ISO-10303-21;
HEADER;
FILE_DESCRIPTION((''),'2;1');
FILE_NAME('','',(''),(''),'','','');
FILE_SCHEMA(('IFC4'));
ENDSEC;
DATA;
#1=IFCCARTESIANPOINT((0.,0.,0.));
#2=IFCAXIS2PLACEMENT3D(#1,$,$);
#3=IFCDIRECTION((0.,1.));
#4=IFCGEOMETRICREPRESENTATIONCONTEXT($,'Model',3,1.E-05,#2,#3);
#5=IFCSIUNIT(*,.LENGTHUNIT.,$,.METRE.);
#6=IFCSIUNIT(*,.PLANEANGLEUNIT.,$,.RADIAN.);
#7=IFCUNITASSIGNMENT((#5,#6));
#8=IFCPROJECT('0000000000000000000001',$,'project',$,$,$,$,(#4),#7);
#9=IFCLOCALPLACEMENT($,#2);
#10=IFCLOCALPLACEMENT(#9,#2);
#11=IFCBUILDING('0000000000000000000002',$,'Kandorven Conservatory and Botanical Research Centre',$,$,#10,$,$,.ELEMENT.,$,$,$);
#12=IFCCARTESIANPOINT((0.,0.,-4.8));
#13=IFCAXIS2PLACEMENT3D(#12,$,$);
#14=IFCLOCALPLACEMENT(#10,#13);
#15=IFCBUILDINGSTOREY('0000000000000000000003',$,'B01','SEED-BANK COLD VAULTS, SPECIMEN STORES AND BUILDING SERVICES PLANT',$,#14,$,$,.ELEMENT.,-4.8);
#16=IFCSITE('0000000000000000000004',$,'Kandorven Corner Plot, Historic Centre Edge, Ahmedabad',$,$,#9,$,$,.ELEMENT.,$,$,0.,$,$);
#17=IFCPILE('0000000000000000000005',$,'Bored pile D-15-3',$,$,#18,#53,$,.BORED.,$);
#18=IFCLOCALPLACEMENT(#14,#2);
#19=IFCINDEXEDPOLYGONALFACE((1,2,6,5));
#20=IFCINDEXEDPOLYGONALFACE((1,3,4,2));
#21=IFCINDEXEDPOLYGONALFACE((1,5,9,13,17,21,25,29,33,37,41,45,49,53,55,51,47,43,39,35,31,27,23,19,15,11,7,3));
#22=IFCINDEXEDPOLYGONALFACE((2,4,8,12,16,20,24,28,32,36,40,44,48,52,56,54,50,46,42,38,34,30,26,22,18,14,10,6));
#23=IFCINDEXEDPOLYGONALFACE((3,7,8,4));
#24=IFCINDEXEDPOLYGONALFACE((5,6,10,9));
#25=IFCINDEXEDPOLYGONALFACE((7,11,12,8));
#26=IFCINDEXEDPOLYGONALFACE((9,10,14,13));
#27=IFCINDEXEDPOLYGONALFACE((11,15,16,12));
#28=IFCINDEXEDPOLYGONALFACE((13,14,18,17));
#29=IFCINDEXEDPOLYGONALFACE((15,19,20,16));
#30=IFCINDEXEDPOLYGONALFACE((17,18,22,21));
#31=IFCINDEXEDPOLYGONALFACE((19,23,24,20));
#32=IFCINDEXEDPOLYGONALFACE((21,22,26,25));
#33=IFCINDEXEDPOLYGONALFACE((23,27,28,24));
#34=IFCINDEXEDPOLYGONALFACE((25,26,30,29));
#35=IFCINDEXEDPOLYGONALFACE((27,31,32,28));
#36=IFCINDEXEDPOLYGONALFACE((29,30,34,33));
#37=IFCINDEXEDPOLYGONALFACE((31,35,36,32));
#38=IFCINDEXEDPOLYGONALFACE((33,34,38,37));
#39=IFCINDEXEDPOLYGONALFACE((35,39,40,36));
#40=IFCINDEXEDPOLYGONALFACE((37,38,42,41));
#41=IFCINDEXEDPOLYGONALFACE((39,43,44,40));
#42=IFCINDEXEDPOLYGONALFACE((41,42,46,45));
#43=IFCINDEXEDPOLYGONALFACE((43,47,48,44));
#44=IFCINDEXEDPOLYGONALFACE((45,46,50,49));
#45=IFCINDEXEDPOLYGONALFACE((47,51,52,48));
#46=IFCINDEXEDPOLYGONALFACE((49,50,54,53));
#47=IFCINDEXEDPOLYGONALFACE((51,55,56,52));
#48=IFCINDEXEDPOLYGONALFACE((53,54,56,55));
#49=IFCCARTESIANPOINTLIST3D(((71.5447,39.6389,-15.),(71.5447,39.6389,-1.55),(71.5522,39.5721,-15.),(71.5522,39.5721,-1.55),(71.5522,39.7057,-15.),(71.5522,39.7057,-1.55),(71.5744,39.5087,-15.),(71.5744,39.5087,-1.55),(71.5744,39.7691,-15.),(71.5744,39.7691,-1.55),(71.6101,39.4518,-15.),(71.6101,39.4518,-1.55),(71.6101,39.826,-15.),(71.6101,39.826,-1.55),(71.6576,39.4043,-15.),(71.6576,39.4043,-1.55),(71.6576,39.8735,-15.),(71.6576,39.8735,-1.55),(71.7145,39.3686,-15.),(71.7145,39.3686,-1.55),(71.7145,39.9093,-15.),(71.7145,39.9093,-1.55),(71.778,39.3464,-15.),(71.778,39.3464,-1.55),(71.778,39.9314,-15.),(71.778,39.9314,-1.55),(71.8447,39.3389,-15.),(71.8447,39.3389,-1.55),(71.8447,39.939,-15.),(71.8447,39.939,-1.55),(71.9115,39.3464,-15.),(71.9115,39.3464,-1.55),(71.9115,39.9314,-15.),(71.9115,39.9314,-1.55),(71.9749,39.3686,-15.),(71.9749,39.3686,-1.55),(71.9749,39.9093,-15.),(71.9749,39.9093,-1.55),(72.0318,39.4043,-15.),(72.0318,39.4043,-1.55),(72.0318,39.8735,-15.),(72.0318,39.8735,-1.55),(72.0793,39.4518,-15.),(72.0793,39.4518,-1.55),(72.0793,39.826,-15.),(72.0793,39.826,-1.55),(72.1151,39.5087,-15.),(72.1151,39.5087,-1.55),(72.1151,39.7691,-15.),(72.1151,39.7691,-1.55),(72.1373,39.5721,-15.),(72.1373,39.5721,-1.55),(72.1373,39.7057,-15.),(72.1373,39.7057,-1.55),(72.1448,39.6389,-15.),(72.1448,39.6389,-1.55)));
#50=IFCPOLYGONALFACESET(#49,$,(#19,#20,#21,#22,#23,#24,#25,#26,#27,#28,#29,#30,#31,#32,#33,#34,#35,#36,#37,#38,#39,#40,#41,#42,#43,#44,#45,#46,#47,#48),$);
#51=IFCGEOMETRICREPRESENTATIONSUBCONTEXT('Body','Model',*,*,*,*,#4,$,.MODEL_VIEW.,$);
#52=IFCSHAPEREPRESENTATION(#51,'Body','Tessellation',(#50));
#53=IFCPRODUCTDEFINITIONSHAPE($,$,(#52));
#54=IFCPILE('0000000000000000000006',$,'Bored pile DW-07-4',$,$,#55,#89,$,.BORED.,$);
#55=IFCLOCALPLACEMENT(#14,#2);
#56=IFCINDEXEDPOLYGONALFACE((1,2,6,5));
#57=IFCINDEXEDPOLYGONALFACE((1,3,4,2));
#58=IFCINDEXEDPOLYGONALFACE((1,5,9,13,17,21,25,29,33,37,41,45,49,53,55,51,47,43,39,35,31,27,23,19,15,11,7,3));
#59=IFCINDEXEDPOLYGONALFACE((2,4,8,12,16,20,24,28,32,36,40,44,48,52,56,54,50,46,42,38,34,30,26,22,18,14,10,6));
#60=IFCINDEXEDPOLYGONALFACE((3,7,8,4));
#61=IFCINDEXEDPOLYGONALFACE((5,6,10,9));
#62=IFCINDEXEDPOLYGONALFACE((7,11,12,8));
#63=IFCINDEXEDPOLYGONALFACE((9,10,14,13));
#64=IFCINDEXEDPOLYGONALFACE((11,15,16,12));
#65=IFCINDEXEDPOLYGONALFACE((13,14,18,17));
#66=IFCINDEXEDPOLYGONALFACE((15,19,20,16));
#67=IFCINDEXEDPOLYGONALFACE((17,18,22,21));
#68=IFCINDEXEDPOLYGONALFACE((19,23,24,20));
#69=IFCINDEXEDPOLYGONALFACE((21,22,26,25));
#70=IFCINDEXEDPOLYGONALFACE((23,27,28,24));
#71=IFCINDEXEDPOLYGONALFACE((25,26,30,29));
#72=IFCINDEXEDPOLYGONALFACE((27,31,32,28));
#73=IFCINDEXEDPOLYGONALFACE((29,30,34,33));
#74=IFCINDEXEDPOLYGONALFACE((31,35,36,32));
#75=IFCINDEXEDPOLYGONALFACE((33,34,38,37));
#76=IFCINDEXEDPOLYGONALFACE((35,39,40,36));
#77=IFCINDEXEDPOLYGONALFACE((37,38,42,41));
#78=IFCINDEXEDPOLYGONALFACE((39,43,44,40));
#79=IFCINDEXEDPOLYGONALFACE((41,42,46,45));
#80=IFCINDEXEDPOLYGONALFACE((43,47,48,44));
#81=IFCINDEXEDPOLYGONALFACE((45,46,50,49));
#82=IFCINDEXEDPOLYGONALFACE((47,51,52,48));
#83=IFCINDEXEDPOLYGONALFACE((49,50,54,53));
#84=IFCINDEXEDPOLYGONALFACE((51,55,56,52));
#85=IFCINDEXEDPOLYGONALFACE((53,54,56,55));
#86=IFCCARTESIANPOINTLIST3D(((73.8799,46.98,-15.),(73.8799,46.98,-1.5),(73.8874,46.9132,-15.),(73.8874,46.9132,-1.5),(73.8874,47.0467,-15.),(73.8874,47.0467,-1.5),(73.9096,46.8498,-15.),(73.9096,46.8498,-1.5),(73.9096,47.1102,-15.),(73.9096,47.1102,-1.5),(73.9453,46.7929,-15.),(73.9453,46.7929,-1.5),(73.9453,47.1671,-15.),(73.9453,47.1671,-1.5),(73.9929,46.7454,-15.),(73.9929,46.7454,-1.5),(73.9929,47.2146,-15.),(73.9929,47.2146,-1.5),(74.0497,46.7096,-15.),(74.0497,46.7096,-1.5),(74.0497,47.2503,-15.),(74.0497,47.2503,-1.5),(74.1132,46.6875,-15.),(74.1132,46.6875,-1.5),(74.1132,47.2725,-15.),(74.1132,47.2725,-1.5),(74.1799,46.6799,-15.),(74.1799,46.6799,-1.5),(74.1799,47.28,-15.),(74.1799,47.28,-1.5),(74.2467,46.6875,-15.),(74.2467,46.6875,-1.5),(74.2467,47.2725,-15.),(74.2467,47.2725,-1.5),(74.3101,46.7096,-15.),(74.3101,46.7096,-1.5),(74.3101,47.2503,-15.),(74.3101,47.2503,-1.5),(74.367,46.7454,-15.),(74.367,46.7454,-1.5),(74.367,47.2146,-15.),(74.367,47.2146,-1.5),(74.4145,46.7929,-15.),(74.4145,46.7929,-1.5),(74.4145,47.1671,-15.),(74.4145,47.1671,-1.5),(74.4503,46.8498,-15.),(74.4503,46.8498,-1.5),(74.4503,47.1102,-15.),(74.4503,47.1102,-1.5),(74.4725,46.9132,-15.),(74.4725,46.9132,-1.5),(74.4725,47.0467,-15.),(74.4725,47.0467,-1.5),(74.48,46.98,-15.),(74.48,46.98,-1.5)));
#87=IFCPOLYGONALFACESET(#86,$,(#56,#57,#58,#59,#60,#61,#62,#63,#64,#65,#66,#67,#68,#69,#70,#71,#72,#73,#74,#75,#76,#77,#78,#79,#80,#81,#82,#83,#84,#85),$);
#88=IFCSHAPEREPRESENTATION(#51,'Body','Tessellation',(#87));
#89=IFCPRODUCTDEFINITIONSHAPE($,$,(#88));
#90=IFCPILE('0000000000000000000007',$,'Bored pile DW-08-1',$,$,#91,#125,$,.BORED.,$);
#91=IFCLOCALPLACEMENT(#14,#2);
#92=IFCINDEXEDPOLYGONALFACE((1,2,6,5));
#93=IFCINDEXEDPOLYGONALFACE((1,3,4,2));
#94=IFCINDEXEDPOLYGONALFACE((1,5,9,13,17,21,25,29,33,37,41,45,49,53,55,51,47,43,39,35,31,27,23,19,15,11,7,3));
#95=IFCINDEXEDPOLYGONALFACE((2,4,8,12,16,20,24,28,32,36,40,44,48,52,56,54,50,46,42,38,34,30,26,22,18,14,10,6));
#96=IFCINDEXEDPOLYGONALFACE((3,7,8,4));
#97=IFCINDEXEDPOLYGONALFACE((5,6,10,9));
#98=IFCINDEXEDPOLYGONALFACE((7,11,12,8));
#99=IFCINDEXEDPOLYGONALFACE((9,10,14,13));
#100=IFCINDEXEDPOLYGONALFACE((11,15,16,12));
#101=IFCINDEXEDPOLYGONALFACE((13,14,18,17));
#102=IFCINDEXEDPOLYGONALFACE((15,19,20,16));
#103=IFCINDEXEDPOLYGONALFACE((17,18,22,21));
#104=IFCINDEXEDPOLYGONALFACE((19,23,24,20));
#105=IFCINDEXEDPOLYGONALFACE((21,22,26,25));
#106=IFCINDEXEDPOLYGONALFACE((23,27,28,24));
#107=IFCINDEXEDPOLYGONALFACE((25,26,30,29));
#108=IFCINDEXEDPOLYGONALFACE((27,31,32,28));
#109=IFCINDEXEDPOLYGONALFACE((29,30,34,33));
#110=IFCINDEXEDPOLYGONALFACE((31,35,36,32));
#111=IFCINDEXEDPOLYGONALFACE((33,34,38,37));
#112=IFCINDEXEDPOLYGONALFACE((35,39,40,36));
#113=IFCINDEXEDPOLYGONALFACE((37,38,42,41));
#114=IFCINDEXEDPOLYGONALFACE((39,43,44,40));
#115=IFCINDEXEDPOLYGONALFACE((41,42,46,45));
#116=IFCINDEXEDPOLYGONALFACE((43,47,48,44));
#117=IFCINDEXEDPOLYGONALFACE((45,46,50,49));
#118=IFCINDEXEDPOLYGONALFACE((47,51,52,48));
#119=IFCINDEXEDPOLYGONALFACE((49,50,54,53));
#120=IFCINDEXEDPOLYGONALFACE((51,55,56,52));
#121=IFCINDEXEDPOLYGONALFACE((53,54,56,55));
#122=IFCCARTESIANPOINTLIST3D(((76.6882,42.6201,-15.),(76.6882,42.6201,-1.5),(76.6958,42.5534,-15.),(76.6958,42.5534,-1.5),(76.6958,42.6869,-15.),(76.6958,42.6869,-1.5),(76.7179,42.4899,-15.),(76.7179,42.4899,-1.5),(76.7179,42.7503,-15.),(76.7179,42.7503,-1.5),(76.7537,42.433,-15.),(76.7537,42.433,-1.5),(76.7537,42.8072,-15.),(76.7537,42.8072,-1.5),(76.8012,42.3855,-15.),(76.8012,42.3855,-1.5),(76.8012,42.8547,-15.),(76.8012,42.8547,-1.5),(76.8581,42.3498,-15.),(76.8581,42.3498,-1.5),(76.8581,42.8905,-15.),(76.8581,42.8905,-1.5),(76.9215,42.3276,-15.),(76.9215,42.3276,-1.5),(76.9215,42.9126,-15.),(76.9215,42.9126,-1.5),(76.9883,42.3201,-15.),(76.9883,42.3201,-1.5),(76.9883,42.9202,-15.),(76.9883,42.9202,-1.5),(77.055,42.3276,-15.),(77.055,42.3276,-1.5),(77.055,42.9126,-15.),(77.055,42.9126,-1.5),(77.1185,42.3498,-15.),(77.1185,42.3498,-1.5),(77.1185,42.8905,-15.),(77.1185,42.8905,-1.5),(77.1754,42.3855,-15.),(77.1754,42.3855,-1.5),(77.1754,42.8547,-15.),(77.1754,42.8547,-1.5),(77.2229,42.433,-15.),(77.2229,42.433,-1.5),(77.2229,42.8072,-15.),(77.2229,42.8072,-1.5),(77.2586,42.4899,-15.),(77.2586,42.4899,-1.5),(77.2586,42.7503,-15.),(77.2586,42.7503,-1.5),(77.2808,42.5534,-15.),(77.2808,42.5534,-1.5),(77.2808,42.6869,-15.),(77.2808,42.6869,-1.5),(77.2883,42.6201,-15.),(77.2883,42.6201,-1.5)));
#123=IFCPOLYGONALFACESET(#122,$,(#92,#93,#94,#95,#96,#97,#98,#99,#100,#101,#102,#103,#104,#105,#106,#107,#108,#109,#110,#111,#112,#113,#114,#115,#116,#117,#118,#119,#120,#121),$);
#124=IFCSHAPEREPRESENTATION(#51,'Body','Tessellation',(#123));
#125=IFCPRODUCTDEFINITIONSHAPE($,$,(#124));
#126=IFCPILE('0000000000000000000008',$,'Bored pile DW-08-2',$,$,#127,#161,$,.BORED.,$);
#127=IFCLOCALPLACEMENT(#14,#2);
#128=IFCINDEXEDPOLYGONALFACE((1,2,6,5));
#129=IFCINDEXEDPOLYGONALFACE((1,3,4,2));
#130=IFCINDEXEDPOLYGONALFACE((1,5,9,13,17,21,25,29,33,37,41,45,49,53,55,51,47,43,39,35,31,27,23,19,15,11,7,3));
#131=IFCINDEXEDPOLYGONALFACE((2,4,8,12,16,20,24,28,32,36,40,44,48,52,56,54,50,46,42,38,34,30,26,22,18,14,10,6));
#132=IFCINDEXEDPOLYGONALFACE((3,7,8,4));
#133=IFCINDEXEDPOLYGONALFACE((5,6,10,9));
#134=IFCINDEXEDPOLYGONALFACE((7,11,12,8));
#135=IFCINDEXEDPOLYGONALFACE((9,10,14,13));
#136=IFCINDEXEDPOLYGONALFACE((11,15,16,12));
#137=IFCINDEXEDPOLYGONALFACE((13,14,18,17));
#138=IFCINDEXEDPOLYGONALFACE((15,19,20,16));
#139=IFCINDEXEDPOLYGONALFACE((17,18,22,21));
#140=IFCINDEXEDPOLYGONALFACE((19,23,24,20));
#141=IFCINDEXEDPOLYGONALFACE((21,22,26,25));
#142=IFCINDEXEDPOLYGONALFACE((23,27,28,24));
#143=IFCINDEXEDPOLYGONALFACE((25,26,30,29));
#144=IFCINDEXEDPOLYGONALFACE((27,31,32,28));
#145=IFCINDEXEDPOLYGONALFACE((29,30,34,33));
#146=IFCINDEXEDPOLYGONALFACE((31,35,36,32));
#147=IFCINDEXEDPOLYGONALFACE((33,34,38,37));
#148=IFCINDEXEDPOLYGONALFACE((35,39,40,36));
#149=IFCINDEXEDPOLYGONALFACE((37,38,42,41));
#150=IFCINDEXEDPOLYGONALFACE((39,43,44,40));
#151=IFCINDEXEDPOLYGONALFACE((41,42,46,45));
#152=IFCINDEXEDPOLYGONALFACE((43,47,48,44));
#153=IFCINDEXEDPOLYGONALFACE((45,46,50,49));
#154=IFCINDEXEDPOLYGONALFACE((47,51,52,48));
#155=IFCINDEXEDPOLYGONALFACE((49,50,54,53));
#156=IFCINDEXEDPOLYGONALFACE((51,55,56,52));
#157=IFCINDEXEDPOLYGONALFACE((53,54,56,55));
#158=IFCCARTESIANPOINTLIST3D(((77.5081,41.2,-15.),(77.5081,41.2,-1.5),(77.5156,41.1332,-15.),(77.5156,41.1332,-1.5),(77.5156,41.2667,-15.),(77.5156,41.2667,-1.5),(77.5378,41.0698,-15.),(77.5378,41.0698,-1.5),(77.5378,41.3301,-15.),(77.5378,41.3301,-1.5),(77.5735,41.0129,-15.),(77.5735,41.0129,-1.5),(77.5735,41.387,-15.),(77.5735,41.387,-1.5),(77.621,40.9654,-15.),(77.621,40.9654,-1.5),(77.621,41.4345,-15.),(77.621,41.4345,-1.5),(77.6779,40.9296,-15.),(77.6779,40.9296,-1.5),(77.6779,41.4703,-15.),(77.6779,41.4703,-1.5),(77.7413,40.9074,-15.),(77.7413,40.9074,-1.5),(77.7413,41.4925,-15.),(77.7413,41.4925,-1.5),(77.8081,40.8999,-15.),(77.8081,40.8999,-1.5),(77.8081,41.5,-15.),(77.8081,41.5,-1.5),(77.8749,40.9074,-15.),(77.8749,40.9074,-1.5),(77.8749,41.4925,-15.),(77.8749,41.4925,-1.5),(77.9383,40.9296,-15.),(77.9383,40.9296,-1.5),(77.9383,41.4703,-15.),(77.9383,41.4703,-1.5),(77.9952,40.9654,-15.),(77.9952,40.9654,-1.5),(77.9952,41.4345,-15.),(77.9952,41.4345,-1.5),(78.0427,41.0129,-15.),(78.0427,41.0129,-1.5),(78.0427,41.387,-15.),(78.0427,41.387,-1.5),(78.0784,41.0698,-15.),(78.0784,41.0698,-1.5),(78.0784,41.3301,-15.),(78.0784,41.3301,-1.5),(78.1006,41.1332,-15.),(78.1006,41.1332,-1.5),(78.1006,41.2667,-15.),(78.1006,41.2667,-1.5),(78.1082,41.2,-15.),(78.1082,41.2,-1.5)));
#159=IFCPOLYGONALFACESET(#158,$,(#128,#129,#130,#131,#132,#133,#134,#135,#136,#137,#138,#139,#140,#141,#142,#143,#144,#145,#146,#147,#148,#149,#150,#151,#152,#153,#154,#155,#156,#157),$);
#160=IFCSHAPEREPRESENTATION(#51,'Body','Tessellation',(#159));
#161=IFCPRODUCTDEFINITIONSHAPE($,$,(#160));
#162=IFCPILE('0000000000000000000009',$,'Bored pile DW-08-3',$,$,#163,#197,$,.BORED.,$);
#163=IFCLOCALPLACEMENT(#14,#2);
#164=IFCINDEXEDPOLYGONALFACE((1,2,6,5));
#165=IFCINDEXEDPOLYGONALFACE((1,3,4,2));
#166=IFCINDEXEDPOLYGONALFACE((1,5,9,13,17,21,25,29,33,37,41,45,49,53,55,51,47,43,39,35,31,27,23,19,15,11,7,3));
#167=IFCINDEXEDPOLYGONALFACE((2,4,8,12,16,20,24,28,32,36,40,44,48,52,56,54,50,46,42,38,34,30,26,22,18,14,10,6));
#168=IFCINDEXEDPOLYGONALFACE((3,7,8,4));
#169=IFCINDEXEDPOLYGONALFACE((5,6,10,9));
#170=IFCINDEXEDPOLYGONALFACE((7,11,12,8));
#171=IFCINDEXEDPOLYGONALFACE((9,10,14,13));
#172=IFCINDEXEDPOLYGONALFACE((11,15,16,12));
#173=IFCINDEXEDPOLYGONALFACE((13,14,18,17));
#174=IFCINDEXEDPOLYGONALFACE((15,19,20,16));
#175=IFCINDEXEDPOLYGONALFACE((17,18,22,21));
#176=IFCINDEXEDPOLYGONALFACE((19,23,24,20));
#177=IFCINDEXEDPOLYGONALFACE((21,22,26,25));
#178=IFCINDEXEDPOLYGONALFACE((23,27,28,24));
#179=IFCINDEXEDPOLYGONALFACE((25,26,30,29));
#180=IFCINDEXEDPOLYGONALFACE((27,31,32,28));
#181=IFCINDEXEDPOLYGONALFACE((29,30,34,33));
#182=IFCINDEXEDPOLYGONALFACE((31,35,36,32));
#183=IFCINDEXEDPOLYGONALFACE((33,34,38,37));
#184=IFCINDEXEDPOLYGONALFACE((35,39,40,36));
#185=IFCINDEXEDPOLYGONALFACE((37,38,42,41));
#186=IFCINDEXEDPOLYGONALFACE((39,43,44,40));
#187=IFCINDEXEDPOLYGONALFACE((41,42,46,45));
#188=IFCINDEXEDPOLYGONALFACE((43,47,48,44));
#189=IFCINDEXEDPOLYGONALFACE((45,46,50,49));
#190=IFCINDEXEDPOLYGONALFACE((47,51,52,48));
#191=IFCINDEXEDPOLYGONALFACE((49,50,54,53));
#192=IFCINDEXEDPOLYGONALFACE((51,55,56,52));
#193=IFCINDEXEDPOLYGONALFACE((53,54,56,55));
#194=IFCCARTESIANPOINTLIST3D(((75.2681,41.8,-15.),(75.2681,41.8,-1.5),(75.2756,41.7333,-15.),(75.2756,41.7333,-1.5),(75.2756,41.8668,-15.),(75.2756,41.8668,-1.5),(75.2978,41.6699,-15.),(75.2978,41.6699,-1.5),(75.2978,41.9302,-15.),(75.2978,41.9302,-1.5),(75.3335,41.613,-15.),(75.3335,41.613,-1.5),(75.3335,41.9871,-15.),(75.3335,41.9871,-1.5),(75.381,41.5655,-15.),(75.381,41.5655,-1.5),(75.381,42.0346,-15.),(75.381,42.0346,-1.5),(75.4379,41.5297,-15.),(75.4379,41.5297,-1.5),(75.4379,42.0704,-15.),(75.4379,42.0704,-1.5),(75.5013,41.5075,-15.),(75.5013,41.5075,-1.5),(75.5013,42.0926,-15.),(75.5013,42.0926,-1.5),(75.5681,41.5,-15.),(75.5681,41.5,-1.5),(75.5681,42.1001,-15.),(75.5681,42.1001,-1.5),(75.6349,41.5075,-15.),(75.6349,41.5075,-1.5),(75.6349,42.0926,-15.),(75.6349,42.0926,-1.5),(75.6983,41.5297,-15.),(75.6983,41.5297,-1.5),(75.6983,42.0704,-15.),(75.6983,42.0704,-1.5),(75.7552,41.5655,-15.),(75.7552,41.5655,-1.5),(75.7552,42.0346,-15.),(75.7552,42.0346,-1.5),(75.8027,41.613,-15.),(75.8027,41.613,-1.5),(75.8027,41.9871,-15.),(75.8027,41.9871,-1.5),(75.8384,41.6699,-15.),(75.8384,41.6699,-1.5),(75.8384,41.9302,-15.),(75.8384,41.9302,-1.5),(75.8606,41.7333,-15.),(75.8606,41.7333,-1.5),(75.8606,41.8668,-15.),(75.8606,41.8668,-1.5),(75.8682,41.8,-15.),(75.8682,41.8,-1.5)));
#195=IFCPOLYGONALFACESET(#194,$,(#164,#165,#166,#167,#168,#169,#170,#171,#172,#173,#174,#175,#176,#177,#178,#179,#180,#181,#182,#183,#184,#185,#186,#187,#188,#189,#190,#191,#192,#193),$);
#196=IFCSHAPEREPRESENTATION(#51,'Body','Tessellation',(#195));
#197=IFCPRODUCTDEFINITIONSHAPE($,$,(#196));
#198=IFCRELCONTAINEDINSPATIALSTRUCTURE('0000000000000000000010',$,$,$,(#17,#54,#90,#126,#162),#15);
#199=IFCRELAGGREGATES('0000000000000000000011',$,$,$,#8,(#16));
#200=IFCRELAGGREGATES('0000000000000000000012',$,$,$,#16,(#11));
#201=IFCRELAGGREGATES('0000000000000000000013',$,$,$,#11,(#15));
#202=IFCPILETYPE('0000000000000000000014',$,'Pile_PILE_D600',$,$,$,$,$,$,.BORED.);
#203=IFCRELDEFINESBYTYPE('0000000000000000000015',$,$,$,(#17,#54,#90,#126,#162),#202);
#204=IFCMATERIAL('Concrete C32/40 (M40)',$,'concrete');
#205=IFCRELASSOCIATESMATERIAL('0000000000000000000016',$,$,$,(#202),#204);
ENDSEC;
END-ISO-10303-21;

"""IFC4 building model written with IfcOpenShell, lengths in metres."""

from ifc_helpers import new_model, si_unit, direction, frame, origin, origin_2d, place, context, subcontext, project, spatial, circle, extrude, material, material_profile, profile_set, type_object, element, save


model = new_model("IFC4")

# Units and contexts
model_context = context("Model", 3, precision=1e-05, world=origin(), true_north=direction((0.0, 1.0)))
body_context = subcontext(model_context, "Body", "Model", "MODEL_VIEW")
ifc_project = project(units=[si_unit("LENGTHUNIT", "METRE"), si_unit("PLANEANGLEUNIT", "RADIAN")], contexts=[model_context])

# Site, building, storey
site_placement = place(None, origin())
site = spatial("IfcSite", under=ifc_project, at=site_placement, Name="Kandorven Corner Plot, Historic Centre Edge, Ahmedabad", CompositionType="ELEMENT", RefElevation=0.0)
building_placement = place(site_placement, origin())
building = spatial("IfcBuilding", under=site, at=building_placement, Name="Kandorven Conservatory and Botanical Research Centre", CompositionType="ELEMENT")
storey_placement = place(building_placement, frame((0.0, 0.0, -4.8)))
storey = spatial("IfcBuildingStorey", under=building, at=storey_placement, Name="B01", Description="SEED-BANK COLD VAULTS, SPECIMEN STORES AND BUILDING SERVICES PLANT", CompositionType="ELEMENT", Elevation=-4.8)

# Piles
ifc_material_1 = material(Name="Concrete C32/40 (M40)", Category="concrete")
ifc_material_profile_1 = material_profile(ifc_material_1, circle(Radius=0.3, at=origin_2d()))
ifc_profile_set_1 = profile_set([ifc_material_profile_1], Name="Concrete C32/40 (M40)")
pile_type = type_object("IfcPileType", Name="Pile_PILE_D600", PredefinedType="BORED", material=ifc_profile_set_1)
for number, where, z_axis, x_axis, name in (
    (1, (71.8447, 39.6389, -1.55), (0.0, 0.0, -1.0), (1.0, 0.0, 0.0), "Bored pile D-15-3"),
):
    element("IfcPile", number, at=place(storey_placement, frame(where, z_axis=z_axis, x_axis=x_axis)), inside=storey, type_object=pile_type, Name=name, PredefinedType="BORED", context=body_context, shape_type="SweptSolid", body=[
        extrude(circle(Radius=0.3, at=origin_2d()), origin(), (0.0, 0.0, 1.0), 13.45),
    ])
for number, where, z_axis, x_axis, name in (
    (2, (74.1799, 46.98, -1.5), (0.0, 0.0, -1.0), (1.0, 0.0, 0.0), "Bored pile DW-07-4"),
    (3, (76.9883, 42.6201, -1.5), (0.0, 0.0, -1.0), (1.0, 0.0, 0.0), "Bored pile DW-08-1"),
    (4, (77.8081, 41.2, -1.5), (0.0, 0.0, -1.0), (1.0, 0.0, 0.0), "Bored pile DW-08-2"),
    (5, (75.5681, 41.8, -1.5), (0.0, 0.0, -1.0), (1.0, 0.0, 0.0), "Bored pile DW-08-3"),
):
    element("IfcPile", number, at=place(storey_placement, frame(where, z_axis=z_axis, x_axis=x_axis)), inside=storey, type_object=pile_type, Name=name, PredefinedType="BORED", context=body_context, shape_type="SweptSolid", body=[
        extrude(circle(Radius=0.3, at=origin_2d()), origin(), (0.0, 0.0, 1.0), 13.5),
    ])

save(model, "model.ifc")
